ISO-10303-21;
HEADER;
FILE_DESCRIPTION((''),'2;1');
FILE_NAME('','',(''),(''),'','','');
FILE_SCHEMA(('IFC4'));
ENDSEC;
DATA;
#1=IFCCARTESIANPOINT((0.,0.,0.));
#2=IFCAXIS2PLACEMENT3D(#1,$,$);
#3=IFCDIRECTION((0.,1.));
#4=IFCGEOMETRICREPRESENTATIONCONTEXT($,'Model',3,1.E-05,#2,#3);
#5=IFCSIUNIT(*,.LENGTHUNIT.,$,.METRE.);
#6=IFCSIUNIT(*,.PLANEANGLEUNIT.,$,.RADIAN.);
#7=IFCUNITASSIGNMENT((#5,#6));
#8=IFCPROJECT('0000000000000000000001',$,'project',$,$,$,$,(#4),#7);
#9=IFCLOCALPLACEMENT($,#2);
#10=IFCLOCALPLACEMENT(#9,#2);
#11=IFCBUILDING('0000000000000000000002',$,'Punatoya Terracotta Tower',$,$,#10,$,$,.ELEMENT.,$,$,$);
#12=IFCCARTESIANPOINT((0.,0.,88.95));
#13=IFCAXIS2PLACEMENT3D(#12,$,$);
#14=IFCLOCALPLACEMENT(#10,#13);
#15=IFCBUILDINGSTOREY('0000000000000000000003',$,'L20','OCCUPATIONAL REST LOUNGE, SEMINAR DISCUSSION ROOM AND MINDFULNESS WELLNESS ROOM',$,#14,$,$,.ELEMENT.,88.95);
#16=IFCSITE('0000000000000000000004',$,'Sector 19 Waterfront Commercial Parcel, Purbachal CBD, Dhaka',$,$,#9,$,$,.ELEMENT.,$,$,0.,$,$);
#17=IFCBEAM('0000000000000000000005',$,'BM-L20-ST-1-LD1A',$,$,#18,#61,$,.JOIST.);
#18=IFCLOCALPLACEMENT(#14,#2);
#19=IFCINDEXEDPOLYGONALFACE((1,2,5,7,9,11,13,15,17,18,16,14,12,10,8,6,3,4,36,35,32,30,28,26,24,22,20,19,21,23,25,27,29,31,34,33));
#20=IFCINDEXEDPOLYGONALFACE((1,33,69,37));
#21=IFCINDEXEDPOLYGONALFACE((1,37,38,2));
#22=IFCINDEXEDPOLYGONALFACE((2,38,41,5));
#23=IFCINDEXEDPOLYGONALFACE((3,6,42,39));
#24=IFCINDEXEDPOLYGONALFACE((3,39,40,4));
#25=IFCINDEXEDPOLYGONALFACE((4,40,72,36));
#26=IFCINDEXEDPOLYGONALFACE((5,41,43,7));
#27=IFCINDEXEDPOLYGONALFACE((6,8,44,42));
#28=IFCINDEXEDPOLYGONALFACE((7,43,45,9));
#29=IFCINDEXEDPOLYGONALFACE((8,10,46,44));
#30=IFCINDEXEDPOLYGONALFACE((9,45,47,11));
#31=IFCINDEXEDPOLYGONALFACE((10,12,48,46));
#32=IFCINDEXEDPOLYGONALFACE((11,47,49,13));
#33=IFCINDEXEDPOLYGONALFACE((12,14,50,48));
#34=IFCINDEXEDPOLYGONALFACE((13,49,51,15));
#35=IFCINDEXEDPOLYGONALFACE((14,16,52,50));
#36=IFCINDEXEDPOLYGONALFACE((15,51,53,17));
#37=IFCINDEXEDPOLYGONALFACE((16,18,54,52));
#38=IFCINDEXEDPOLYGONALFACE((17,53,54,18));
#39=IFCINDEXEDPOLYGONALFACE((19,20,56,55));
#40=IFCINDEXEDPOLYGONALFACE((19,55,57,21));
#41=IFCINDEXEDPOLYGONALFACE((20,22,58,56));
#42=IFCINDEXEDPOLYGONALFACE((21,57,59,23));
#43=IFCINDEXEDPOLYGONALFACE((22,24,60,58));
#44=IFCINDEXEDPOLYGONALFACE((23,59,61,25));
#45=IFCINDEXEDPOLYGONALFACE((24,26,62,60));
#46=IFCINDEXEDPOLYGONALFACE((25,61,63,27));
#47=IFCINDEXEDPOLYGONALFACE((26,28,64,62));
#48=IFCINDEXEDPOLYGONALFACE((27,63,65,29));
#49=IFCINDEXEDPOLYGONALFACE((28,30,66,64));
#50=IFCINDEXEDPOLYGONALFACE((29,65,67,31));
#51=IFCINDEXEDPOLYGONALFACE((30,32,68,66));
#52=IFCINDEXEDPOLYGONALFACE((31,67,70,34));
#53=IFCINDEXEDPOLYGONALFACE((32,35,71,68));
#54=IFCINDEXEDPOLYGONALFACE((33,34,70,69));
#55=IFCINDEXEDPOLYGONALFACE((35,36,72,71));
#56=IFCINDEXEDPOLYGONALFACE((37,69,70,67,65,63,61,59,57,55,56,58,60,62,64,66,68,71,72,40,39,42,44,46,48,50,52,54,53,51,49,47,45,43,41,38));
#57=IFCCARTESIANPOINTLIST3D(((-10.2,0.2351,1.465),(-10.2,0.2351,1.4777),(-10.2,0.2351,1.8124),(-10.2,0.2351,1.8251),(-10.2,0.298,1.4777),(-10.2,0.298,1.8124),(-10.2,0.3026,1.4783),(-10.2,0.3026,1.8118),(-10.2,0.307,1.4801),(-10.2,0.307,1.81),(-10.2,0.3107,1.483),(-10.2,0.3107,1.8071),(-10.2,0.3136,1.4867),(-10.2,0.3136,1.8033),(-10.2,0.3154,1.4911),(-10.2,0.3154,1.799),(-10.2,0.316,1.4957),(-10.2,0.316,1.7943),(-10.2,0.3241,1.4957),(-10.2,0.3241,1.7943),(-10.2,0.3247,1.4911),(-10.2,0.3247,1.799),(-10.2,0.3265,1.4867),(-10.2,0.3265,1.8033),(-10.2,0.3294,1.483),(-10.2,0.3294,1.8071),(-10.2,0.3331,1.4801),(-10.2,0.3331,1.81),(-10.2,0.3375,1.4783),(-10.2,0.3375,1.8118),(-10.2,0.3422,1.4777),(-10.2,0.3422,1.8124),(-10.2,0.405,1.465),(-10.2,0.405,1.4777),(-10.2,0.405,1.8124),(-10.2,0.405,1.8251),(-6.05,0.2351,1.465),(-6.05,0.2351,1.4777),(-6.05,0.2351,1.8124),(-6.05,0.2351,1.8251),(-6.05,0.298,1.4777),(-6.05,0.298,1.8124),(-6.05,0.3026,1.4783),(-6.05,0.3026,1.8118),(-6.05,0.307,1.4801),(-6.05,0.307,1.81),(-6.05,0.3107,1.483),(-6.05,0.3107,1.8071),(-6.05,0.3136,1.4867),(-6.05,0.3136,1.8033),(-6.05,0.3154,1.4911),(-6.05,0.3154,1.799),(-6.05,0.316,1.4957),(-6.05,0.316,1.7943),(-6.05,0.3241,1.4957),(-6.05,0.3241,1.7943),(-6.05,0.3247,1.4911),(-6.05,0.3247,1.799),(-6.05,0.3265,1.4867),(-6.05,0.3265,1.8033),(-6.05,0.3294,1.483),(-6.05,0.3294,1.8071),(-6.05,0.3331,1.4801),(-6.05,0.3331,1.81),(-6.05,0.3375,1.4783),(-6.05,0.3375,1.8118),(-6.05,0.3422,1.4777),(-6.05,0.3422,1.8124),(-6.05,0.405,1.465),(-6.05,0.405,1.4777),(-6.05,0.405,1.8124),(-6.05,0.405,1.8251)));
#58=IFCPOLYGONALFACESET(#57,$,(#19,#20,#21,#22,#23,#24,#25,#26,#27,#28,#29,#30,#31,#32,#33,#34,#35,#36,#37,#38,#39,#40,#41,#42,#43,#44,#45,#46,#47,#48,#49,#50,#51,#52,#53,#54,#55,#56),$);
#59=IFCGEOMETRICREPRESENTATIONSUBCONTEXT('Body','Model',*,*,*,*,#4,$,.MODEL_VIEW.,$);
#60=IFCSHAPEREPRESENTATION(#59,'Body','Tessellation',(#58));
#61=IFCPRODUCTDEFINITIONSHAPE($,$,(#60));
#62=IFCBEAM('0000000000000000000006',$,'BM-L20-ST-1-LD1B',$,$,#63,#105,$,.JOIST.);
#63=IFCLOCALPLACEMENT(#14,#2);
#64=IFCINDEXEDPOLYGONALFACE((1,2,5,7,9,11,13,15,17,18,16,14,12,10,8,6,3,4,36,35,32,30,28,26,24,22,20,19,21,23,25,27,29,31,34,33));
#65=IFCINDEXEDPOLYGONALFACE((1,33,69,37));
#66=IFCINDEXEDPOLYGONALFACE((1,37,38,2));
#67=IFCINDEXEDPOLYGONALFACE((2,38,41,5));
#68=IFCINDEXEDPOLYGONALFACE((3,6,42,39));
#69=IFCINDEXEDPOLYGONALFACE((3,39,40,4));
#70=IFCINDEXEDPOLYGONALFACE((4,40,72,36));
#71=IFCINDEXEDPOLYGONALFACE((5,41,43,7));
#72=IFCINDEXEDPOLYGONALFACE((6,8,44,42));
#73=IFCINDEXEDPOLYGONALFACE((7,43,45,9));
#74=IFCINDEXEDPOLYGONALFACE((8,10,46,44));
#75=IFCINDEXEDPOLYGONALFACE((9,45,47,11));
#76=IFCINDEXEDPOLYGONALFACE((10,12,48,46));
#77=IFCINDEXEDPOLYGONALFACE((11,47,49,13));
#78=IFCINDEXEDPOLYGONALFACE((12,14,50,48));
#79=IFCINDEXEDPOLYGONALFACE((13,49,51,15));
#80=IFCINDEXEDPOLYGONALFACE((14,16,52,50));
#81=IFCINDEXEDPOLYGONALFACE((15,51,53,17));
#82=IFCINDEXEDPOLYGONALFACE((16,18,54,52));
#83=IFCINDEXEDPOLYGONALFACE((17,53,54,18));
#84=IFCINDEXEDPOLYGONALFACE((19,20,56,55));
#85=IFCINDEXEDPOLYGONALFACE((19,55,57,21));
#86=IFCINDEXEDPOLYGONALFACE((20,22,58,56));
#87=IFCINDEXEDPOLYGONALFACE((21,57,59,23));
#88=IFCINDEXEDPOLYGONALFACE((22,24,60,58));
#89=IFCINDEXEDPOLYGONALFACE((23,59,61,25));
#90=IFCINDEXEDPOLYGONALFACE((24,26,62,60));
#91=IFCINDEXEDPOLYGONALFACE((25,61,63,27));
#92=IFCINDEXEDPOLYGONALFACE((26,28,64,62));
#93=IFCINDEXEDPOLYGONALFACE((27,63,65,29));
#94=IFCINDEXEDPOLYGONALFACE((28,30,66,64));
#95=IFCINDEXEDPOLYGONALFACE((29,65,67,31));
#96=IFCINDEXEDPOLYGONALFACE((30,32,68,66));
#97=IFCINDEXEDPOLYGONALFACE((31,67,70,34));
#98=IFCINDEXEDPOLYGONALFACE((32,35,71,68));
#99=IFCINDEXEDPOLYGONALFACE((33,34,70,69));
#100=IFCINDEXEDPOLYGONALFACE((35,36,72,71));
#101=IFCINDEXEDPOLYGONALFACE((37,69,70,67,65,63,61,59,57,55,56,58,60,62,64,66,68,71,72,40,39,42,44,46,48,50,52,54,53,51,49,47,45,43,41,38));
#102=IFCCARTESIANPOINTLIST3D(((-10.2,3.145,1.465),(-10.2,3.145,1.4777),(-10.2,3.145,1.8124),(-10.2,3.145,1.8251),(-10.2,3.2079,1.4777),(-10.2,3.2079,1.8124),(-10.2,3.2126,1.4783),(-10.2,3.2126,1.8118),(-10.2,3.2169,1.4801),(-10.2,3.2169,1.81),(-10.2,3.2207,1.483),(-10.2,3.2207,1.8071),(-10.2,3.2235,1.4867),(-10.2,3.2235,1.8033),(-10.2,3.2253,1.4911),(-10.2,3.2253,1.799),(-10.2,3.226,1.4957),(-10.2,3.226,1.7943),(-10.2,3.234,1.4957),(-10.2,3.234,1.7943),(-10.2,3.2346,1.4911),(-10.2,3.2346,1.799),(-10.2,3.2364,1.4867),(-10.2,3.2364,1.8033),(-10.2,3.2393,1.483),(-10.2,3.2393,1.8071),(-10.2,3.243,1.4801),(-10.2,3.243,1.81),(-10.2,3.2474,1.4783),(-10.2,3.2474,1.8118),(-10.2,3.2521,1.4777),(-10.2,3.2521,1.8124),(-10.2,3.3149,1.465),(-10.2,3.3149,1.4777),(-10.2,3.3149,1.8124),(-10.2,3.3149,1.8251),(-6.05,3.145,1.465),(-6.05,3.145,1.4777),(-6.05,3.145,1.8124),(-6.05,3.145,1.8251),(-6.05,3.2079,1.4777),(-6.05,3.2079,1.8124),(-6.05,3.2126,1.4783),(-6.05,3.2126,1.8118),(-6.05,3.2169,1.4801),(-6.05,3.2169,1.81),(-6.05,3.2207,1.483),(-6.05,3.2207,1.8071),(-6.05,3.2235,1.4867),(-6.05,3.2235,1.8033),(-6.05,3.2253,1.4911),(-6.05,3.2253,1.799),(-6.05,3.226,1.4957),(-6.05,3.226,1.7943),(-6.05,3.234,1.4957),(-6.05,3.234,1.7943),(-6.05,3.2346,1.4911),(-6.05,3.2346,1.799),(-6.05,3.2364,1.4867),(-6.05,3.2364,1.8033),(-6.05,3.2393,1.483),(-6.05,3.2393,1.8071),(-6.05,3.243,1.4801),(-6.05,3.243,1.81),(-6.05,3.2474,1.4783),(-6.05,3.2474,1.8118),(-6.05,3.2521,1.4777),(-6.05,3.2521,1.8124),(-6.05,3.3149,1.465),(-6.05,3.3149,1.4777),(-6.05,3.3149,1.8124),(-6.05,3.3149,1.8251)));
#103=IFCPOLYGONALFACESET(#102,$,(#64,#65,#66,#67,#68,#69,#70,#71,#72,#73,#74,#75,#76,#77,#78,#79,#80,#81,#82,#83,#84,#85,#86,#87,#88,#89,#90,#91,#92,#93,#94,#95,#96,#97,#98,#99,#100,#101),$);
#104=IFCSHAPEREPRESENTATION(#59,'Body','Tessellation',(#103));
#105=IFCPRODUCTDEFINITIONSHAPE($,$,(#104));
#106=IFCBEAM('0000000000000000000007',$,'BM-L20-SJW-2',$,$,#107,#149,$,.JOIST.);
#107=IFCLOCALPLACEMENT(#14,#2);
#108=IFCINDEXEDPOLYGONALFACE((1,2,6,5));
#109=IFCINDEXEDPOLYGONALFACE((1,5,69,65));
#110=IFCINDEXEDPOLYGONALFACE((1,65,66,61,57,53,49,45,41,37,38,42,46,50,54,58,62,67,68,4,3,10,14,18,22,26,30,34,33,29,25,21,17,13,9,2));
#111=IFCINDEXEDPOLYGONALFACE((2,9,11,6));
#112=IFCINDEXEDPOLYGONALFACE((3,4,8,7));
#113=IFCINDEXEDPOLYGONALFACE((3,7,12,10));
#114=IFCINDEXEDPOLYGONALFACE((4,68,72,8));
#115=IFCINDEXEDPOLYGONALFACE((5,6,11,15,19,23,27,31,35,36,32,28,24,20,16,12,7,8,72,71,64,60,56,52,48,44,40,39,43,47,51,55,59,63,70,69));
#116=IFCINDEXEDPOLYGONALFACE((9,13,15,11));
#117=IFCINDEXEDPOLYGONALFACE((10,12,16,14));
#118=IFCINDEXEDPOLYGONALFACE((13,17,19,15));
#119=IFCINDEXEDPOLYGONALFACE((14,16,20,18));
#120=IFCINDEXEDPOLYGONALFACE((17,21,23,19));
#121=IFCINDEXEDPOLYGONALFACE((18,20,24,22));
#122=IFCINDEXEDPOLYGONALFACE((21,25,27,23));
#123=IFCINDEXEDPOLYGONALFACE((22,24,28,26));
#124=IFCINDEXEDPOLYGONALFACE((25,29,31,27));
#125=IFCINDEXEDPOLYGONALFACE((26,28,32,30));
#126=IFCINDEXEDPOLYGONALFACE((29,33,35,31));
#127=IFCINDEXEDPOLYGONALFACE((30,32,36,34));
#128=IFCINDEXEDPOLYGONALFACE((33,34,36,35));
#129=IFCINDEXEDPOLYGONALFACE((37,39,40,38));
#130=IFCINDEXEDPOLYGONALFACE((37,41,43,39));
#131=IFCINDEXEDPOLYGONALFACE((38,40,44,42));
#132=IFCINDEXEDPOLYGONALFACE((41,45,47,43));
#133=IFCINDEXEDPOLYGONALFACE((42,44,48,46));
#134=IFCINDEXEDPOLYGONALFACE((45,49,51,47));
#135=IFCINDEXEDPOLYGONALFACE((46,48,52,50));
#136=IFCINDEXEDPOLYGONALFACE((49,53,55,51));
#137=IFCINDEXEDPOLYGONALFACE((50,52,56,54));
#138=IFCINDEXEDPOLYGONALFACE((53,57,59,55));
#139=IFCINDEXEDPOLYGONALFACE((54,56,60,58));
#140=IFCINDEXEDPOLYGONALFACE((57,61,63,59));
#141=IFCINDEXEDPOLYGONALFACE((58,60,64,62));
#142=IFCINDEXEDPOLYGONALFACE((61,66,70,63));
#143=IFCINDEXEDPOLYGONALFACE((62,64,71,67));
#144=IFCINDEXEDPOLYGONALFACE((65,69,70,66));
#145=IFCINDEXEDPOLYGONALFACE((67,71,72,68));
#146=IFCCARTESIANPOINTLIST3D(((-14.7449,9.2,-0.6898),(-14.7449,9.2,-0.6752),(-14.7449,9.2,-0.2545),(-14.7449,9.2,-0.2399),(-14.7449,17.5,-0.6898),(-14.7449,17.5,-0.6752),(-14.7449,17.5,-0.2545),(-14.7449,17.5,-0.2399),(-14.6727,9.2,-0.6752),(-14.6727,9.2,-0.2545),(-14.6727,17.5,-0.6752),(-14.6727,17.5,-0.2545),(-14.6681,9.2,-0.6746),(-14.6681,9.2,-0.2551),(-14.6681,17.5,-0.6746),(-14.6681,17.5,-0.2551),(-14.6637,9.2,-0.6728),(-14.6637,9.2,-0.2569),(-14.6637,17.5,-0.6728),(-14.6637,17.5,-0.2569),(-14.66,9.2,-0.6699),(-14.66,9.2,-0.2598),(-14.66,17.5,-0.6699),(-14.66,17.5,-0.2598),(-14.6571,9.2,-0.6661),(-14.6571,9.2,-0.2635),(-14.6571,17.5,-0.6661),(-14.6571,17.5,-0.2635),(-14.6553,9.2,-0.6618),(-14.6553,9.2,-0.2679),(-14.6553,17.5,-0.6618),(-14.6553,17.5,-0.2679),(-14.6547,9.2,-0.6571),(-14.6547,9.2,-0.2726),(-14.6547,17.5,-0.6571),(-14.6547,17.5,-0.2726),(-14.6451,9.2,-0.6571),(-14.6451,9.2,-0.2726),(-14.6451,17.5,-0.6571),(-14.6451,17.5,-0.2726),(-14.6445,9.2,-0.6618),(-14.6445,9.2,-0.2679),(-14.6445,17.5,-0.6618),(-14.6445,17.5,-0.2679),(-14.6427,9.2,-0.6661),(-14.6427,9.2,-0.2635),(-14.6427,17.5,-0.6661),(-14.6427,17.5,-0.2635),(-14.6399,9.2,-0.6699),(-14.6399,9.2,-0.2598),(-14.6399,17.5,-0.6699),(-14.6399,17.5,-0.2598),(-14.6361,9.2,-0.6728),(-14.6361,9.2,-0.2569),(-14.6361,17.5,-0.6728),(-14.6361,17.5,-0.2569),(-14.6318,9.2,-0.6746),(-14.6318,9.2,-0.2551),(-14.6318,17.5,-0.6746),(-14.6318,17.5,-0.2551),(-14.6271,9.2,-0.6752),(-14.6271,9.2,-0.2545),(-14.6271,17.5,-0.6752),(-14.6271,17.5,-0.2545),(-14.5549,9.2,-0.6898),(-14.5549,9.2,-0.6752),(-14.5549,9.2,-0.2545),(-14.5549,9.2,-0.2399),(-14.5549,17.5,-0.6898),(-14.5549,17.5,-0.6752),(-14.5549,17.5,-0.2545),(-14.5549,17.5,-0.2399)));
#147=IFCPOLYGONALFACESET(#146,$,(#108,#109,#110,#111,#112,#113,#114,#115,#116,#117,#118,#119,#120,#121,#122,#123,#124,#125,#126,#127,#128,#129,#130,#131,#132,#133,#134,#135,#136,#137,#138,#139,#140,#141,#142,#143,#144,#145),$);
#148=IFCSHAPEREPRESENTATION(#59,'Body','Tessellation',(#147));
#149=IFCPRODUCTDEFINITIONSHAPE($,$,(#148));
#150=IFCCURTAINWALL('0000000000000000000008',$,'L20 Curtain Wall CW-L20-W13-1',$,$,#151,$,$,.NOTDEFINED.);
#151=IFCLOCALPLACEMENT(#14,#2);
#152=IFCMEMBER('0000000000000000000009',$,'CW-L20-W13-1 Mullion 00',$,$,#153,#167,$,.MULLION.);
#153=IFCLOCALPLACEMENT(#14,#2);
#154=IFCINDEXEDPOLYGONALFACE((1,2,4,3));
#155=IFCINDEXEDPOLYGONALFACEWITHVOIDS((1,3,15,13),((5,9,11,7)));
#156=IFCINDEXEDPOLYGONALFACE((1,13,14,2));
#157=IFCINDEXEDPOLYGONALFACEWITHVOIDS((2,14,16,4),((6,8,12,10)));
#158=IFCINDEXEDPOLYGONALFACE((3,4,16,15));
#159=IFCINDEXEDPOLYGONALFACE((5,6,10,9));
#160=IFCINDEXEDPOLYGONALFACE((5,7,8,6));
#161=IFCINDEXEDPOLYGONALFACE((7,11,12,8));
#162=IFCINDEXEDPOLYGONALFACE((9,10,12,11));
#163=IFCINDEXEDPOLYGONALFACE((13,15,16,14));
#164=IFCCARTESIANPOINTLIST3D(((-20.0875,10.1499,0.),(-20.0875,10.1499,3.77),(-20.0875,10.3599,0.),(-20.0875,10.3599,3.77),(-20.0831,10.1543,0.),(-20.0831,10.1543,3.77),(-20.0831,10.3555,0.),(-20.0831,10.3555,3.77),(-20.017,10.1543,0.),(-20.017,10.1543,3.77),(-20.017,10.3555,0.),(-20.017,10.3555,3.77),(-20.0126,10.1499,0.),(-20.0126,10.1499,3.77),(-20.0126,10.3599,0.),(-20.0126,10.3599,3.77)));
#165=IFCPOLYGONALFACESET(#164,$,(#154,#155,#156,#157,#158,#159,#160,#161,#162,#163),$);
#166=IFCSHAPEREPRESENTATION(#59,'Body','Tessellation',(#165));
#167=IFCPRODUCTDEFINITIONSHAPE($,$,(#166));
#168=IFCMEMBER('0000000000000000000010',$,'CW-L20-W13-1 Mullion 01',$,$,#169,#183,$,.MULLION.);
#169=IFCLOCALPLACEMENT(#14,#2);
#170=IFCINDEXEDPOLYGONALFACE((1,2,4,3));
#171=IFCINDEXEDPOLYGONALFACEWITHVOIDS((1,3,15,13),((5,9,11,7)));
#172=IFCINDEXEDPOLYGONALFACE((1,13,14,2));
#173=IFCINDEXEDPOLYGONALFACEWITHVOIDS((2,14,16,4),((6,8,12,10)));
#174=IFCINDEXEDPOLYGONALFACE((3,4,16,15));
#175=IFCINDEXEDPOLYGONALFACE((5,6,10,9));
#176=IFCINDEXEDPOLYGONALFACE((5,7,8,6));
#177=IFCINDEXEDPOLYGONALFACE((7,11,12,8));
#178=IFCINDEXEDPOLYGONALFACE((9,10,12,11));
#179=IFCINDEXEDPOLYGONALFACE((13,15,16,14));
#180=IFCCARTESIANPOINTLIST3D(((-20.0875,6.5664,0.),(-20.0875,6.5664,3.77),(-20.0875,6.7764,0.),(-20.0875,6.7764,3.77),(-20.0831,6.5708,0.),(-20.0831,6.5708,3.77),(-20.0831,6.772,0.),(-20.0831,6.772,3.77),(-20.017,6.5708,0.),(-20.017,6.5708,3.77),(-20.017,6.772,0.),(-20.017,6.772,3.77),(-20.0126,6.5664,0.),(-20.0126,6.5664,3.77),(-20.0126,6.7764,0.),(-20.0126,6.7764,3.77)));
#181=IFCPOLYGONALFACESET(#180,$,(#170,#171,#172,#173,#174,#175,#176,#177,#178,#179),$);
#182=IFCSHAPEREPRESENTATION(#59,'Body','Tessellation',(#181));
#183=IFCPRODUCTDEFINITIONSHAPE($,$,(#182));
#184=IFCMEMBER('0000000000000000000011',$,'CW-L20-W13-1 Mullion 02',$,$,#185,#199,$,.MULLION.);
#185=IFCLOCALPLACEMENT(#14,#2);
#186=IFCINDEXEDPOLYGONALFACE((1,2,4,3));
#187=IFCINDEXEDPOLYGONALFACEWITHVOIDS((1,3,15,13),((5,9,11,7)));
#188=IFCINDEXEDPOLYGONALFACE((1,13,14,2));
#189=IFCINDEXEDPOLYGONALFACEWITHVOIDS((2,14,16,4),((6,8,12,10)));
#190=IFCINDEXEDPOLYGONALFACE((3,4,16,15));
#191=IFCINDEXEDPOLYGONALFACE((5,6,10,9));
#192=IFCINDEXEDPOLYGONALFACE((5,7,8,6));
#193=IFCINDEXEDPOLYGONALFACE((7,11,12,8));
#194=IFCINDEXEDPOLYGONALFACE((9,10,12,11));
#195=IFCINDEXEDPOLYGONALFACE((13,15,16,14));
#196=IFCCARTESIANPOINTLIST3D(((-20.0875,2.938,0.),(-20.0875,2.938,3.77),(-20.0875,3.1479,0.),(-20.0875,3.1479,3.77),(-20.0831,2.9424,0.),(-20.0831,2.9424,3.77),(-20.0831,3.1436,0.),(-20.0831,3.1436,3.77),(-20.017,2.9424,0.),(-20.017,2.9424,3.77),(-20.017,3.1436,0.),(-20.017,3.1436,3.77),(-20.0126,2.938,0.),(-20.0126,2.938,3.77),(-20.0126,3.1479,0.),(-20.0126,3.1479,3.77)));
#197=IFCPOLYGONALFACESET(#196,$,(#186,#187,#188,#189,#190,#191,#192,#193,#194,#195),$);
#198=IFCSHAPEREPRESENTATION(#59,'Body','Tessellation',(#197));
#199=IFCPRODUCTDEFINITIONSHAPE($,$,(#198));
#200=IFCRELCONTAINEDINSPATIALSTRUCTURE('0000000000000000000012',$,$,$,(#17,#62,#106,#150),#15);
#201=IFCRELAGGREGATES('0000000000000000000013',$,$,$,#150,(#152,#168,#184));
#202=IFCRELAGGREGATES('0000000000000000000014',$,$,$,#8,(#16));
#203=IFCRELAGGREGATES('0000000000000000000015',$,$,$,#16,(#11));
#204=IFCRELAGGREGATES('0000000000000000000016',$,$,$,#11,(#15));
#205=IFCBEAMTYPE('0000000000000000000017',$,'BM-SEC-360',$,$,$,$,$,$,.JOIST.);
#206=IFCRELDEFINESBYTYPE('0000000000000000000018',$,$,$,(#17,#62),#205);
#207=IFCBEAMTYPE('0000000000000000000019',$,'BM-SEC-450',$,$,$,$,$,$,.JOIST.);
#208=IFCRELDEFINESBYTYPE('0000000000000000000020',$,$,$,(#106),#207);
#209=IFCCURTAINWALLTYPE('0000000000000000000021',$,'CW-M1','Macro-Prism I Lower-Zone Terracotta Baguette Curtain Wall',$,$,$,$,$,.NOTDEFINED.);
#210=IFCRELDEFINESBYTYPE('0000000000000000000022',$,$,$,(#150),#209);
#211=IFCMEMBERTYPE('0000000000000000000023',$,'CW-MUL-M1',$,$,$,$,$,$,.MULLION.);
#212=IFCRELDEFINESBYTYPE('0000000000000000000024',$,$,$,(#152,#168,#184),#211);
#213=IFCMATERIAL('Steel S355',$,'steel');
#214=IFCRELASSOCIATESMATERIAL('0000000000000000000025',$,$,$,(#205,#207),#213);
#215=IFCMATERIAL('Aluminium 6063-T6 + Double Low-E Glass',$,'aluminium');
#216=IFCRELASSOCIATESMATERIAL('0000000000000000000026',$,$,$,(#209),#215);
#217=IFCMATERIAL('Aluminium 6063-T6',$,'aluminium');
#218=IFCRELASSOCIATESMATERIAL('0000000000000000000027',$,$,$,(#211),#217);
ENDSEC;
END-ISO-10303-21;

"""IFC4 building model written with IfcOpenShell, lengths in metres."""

from ifc_helpers import new_model, si_unit, direction, frame, origin, origin_2d, place, context, subcontext, project, spatial, hollow_rectangle, i_section, extrude, material, material_profile, profile_set, type_object, element, aggregate, save


model = new_model("IFC4")

# Units and contexts
model_context = context("Model", 3, precision=1e-05, world=origin(), true_north=direction((0.0, 1.0)))
body_context = subcontext(model_context, "Body", "Model", "MODEL_VIEW")
ifc_project = project(units=[si_unit("LENGTHUNIT", "METRE"), si_unit("PLANEANGLEUNIT", "RADIAN")], contexts=[model_context])

# Site, building, storey
site_placement = place(None, origin())
site = spatial("IfcSite", under=ifc_project, at=site_placement, Name="Sector 19 Waterfront Commercial Parcel, Purbachal CBD, Dhaka", CompositionType="ELEMENT", RefElevation=0.0)
building_placement = place(site_placement, origin())
building = spatial("IfcBuilding", under=site, at=building_placement, Name="Punatoya Terracotta Tower", CompositionType="ELEMENT")
storey_placement = place(building_placement, frame((0.0, 0.0, 88.95)))
storey = spatial("IfcBuildingStorey", under=building, at=storey_placement, Name="L20", Description="OCCUPATIONAL REST LOUNGE, SEMINAR DISCUSSION ROOM AND MINDFULNESS WELLNESS ROOM", CompositionType="ELEMENT", Elevation=88.95)

# Beams
ifc_material_1 = material(Name="Steel S355", Category="steel")
ifc_material_profile_1 = material_profile(ifc_material_1, i_section(OverallWidth=0.1699, OverallDepth=0.3601, WebThickness=0.0081, FlangeThickness=0.0127, FilletRadius=0.0181, at=origin_2d()))
ifc_profile_set_1 = profile_set([ifc_material_profile_1], Name="Steel S355")
beam_type_1 = type_object("IfcBeamType", Name="BM-SEC-360", PredefinedType="JOIST", material=ifc_profile_set_1)
for number, where, z_axis, x_axis, name in (
    (1, (-10.2, 0.3201, 1.645), (1.0, 0.0, 0.0), (0.0, 1.0, 0.0), "BM-L20-ST-1-LD1A"),
    (2, (-10.2, 3.23, 1.645), (1.0, 0.0, 0.0), (0.0, 1.0, 0.0), "BM-L20-ST-1-LD1B"),
):
    element("IfcBeam", number, at=place(storey_placement, frame(where, z_axis=z_axis, x_axis=x_axis)), inside=storey, type_object=beam_type_1, Name=name, PredefinedType="JOIST", context=body_context, shape_type="SweptSolid", body=[
        extrude(i_section(OverallWidth=0.1699, OverallDepth=0.3601, WebThickness=0.0081, FlangeThickness=0.0127, FilletRadius=0.0181, at=origin_2d()), origin(), (0.0, 0.0, 1.0), 4.1499),
    ])
ifc_material_profile_2 = material_profile(ifc_material_1, i_section(OverallWidth=0.1899, OverallDepth=0.45, WebThickness=0.0095, FlangeThickness=0.0146, FilletRadius=0.0181, at=origin_2d()))
ifc_profile_set_2 = profile_set([ifc_material_profile_2], Name="Steel S355")
beam_type_2 = type_object("IfcBeamType", Name="BM-SEC-450", PredefinedType="JOIST", material=ifc_profile_set_2)
beam_1_placement = place(storey_placement, frame((-14.6499, 9.2, -0.4648), z_axis=(0.0, 1.0, 0.0), x_axis=(-1.0, 0.0, 0.0)))
element("IfcBeam", 3, at=beam_1_placement, inside=storey, type_object=beam_type_2, Name="BM-L20-SJW-2", PredefinedType="JOIST", context=body_context, shape_type="SweptSolid", body=[
    extrude(i_section(OverallWidth=0.1899, OverallDepth=0.45, WebThickness=0.0095, FlangeThickness=0.0146, FilletRadius=0.0181, at=origin_2d()), origin(), (0.0, 0.0, 1.0), 8.3),
])

# Curtain wall, members
ifc_material_2 = material(Name="Aluminium 6063-T6 + Double Low-E Glass", Category="aluminium")
curtain_wall_type = type_object("IfcCurtainWallType", Name="CW-M1", Description="Macro-Prism I Lower-Zone Terracotta Baguette Curtain Wall", PredefinedType="NOTDEFINED", material=ifc_material_2)
curtain_wall_placement = place(storey_placement, origin())
curtain_wall = element("IfcCurtainWall", 4, at=curtain_wall_placement, inside=storey, type_object=curtain_wall_type, Name="L20 Curtain Wall CW-L20-W13-1", PredefinedType="NOTDEFINED")
ifc_material_3 = material(Name="Aluminium 6063-T6", Category="aluminium")
ifc_material_profile_3 = material_profile(ifc_material_3, hollow_rectangle(XDim=0.075, YDim=0.21, WallThickness=0.0044, at=origin_2d()))
ifc_profile_set_3 = profile_set([ifc_material_profile_3], Name="Aluminium 6063-T6")
member_type = type_object("IfcMemberType", Name="CW-MUL-M1", PredefinedType="MULLION", material=ifc_profile_set_3)
member_1_placement = place(storey_placement, frame((-20.05, 10.2549, 0.0), z_axis=(0.0, 0.0, 1.0), x_axis=(1.0, 0.0, 0.0)))
member_1 = element("IfcMember", 5, at=member_1_placement, type_object=member_type, Name="CW-L20-W13-1 Mullion 00", PredefinedType="MULLION", context=body_context, shape_type="SweptSolid", body=[
    extrude(hollow_rectangle(XDim=0.075, YDim=0.21, WallThickness=0.0044, at=origin_2d()), origin(), (0.0, 0.0, 1.0), 3.77),
])
member_2_placement = place(storey_placement, frame((-20.05, 6.6714, 0.0), z_axis=(0.0, 0.0, 1.0), x_axis=(1.0, 0.0, 0.0)))
member_2 = element("IfcMember", 6, at=member_2_placement, type_object=member_type, Name="CW-L20-W13-1 Mullion 01", PredefinedType="MULLION", context=body_context, shape_type="SweptSolid", body=[
    extrude(hollow_rectangle(XDim=0.075, YDim=0.21, WallThickness=0.0044, at=origin_2d()), origin(), (0.0, 0.0, 1.0), 3.77),
])
member_3_placement = place(storey_placement, frame((-20.05, 3.043, 0.0), z_axis=(0.0, 0.0, 1.0), x_axis=(1.0, 0.0, 0.0)))
member_3 = element("IfcMember", 7, at=member_3_placement, type_object=member_type, Name="CW-L20-W13-1 Mullion 02", PredefinedType="MULLION", context=body_context, shape_type="SweptSolid", body=[
    extrude(hollow_rectangle(XDim=0.075, YDim=0.21, WallThickness=0.0044, at=origin_2d()), origin(), (0.0, 0.0, 1.0), 3.77),
])
aggregate(curtain_wall, [member_1, member_2, member_3])

save(model, "model.ifc")
